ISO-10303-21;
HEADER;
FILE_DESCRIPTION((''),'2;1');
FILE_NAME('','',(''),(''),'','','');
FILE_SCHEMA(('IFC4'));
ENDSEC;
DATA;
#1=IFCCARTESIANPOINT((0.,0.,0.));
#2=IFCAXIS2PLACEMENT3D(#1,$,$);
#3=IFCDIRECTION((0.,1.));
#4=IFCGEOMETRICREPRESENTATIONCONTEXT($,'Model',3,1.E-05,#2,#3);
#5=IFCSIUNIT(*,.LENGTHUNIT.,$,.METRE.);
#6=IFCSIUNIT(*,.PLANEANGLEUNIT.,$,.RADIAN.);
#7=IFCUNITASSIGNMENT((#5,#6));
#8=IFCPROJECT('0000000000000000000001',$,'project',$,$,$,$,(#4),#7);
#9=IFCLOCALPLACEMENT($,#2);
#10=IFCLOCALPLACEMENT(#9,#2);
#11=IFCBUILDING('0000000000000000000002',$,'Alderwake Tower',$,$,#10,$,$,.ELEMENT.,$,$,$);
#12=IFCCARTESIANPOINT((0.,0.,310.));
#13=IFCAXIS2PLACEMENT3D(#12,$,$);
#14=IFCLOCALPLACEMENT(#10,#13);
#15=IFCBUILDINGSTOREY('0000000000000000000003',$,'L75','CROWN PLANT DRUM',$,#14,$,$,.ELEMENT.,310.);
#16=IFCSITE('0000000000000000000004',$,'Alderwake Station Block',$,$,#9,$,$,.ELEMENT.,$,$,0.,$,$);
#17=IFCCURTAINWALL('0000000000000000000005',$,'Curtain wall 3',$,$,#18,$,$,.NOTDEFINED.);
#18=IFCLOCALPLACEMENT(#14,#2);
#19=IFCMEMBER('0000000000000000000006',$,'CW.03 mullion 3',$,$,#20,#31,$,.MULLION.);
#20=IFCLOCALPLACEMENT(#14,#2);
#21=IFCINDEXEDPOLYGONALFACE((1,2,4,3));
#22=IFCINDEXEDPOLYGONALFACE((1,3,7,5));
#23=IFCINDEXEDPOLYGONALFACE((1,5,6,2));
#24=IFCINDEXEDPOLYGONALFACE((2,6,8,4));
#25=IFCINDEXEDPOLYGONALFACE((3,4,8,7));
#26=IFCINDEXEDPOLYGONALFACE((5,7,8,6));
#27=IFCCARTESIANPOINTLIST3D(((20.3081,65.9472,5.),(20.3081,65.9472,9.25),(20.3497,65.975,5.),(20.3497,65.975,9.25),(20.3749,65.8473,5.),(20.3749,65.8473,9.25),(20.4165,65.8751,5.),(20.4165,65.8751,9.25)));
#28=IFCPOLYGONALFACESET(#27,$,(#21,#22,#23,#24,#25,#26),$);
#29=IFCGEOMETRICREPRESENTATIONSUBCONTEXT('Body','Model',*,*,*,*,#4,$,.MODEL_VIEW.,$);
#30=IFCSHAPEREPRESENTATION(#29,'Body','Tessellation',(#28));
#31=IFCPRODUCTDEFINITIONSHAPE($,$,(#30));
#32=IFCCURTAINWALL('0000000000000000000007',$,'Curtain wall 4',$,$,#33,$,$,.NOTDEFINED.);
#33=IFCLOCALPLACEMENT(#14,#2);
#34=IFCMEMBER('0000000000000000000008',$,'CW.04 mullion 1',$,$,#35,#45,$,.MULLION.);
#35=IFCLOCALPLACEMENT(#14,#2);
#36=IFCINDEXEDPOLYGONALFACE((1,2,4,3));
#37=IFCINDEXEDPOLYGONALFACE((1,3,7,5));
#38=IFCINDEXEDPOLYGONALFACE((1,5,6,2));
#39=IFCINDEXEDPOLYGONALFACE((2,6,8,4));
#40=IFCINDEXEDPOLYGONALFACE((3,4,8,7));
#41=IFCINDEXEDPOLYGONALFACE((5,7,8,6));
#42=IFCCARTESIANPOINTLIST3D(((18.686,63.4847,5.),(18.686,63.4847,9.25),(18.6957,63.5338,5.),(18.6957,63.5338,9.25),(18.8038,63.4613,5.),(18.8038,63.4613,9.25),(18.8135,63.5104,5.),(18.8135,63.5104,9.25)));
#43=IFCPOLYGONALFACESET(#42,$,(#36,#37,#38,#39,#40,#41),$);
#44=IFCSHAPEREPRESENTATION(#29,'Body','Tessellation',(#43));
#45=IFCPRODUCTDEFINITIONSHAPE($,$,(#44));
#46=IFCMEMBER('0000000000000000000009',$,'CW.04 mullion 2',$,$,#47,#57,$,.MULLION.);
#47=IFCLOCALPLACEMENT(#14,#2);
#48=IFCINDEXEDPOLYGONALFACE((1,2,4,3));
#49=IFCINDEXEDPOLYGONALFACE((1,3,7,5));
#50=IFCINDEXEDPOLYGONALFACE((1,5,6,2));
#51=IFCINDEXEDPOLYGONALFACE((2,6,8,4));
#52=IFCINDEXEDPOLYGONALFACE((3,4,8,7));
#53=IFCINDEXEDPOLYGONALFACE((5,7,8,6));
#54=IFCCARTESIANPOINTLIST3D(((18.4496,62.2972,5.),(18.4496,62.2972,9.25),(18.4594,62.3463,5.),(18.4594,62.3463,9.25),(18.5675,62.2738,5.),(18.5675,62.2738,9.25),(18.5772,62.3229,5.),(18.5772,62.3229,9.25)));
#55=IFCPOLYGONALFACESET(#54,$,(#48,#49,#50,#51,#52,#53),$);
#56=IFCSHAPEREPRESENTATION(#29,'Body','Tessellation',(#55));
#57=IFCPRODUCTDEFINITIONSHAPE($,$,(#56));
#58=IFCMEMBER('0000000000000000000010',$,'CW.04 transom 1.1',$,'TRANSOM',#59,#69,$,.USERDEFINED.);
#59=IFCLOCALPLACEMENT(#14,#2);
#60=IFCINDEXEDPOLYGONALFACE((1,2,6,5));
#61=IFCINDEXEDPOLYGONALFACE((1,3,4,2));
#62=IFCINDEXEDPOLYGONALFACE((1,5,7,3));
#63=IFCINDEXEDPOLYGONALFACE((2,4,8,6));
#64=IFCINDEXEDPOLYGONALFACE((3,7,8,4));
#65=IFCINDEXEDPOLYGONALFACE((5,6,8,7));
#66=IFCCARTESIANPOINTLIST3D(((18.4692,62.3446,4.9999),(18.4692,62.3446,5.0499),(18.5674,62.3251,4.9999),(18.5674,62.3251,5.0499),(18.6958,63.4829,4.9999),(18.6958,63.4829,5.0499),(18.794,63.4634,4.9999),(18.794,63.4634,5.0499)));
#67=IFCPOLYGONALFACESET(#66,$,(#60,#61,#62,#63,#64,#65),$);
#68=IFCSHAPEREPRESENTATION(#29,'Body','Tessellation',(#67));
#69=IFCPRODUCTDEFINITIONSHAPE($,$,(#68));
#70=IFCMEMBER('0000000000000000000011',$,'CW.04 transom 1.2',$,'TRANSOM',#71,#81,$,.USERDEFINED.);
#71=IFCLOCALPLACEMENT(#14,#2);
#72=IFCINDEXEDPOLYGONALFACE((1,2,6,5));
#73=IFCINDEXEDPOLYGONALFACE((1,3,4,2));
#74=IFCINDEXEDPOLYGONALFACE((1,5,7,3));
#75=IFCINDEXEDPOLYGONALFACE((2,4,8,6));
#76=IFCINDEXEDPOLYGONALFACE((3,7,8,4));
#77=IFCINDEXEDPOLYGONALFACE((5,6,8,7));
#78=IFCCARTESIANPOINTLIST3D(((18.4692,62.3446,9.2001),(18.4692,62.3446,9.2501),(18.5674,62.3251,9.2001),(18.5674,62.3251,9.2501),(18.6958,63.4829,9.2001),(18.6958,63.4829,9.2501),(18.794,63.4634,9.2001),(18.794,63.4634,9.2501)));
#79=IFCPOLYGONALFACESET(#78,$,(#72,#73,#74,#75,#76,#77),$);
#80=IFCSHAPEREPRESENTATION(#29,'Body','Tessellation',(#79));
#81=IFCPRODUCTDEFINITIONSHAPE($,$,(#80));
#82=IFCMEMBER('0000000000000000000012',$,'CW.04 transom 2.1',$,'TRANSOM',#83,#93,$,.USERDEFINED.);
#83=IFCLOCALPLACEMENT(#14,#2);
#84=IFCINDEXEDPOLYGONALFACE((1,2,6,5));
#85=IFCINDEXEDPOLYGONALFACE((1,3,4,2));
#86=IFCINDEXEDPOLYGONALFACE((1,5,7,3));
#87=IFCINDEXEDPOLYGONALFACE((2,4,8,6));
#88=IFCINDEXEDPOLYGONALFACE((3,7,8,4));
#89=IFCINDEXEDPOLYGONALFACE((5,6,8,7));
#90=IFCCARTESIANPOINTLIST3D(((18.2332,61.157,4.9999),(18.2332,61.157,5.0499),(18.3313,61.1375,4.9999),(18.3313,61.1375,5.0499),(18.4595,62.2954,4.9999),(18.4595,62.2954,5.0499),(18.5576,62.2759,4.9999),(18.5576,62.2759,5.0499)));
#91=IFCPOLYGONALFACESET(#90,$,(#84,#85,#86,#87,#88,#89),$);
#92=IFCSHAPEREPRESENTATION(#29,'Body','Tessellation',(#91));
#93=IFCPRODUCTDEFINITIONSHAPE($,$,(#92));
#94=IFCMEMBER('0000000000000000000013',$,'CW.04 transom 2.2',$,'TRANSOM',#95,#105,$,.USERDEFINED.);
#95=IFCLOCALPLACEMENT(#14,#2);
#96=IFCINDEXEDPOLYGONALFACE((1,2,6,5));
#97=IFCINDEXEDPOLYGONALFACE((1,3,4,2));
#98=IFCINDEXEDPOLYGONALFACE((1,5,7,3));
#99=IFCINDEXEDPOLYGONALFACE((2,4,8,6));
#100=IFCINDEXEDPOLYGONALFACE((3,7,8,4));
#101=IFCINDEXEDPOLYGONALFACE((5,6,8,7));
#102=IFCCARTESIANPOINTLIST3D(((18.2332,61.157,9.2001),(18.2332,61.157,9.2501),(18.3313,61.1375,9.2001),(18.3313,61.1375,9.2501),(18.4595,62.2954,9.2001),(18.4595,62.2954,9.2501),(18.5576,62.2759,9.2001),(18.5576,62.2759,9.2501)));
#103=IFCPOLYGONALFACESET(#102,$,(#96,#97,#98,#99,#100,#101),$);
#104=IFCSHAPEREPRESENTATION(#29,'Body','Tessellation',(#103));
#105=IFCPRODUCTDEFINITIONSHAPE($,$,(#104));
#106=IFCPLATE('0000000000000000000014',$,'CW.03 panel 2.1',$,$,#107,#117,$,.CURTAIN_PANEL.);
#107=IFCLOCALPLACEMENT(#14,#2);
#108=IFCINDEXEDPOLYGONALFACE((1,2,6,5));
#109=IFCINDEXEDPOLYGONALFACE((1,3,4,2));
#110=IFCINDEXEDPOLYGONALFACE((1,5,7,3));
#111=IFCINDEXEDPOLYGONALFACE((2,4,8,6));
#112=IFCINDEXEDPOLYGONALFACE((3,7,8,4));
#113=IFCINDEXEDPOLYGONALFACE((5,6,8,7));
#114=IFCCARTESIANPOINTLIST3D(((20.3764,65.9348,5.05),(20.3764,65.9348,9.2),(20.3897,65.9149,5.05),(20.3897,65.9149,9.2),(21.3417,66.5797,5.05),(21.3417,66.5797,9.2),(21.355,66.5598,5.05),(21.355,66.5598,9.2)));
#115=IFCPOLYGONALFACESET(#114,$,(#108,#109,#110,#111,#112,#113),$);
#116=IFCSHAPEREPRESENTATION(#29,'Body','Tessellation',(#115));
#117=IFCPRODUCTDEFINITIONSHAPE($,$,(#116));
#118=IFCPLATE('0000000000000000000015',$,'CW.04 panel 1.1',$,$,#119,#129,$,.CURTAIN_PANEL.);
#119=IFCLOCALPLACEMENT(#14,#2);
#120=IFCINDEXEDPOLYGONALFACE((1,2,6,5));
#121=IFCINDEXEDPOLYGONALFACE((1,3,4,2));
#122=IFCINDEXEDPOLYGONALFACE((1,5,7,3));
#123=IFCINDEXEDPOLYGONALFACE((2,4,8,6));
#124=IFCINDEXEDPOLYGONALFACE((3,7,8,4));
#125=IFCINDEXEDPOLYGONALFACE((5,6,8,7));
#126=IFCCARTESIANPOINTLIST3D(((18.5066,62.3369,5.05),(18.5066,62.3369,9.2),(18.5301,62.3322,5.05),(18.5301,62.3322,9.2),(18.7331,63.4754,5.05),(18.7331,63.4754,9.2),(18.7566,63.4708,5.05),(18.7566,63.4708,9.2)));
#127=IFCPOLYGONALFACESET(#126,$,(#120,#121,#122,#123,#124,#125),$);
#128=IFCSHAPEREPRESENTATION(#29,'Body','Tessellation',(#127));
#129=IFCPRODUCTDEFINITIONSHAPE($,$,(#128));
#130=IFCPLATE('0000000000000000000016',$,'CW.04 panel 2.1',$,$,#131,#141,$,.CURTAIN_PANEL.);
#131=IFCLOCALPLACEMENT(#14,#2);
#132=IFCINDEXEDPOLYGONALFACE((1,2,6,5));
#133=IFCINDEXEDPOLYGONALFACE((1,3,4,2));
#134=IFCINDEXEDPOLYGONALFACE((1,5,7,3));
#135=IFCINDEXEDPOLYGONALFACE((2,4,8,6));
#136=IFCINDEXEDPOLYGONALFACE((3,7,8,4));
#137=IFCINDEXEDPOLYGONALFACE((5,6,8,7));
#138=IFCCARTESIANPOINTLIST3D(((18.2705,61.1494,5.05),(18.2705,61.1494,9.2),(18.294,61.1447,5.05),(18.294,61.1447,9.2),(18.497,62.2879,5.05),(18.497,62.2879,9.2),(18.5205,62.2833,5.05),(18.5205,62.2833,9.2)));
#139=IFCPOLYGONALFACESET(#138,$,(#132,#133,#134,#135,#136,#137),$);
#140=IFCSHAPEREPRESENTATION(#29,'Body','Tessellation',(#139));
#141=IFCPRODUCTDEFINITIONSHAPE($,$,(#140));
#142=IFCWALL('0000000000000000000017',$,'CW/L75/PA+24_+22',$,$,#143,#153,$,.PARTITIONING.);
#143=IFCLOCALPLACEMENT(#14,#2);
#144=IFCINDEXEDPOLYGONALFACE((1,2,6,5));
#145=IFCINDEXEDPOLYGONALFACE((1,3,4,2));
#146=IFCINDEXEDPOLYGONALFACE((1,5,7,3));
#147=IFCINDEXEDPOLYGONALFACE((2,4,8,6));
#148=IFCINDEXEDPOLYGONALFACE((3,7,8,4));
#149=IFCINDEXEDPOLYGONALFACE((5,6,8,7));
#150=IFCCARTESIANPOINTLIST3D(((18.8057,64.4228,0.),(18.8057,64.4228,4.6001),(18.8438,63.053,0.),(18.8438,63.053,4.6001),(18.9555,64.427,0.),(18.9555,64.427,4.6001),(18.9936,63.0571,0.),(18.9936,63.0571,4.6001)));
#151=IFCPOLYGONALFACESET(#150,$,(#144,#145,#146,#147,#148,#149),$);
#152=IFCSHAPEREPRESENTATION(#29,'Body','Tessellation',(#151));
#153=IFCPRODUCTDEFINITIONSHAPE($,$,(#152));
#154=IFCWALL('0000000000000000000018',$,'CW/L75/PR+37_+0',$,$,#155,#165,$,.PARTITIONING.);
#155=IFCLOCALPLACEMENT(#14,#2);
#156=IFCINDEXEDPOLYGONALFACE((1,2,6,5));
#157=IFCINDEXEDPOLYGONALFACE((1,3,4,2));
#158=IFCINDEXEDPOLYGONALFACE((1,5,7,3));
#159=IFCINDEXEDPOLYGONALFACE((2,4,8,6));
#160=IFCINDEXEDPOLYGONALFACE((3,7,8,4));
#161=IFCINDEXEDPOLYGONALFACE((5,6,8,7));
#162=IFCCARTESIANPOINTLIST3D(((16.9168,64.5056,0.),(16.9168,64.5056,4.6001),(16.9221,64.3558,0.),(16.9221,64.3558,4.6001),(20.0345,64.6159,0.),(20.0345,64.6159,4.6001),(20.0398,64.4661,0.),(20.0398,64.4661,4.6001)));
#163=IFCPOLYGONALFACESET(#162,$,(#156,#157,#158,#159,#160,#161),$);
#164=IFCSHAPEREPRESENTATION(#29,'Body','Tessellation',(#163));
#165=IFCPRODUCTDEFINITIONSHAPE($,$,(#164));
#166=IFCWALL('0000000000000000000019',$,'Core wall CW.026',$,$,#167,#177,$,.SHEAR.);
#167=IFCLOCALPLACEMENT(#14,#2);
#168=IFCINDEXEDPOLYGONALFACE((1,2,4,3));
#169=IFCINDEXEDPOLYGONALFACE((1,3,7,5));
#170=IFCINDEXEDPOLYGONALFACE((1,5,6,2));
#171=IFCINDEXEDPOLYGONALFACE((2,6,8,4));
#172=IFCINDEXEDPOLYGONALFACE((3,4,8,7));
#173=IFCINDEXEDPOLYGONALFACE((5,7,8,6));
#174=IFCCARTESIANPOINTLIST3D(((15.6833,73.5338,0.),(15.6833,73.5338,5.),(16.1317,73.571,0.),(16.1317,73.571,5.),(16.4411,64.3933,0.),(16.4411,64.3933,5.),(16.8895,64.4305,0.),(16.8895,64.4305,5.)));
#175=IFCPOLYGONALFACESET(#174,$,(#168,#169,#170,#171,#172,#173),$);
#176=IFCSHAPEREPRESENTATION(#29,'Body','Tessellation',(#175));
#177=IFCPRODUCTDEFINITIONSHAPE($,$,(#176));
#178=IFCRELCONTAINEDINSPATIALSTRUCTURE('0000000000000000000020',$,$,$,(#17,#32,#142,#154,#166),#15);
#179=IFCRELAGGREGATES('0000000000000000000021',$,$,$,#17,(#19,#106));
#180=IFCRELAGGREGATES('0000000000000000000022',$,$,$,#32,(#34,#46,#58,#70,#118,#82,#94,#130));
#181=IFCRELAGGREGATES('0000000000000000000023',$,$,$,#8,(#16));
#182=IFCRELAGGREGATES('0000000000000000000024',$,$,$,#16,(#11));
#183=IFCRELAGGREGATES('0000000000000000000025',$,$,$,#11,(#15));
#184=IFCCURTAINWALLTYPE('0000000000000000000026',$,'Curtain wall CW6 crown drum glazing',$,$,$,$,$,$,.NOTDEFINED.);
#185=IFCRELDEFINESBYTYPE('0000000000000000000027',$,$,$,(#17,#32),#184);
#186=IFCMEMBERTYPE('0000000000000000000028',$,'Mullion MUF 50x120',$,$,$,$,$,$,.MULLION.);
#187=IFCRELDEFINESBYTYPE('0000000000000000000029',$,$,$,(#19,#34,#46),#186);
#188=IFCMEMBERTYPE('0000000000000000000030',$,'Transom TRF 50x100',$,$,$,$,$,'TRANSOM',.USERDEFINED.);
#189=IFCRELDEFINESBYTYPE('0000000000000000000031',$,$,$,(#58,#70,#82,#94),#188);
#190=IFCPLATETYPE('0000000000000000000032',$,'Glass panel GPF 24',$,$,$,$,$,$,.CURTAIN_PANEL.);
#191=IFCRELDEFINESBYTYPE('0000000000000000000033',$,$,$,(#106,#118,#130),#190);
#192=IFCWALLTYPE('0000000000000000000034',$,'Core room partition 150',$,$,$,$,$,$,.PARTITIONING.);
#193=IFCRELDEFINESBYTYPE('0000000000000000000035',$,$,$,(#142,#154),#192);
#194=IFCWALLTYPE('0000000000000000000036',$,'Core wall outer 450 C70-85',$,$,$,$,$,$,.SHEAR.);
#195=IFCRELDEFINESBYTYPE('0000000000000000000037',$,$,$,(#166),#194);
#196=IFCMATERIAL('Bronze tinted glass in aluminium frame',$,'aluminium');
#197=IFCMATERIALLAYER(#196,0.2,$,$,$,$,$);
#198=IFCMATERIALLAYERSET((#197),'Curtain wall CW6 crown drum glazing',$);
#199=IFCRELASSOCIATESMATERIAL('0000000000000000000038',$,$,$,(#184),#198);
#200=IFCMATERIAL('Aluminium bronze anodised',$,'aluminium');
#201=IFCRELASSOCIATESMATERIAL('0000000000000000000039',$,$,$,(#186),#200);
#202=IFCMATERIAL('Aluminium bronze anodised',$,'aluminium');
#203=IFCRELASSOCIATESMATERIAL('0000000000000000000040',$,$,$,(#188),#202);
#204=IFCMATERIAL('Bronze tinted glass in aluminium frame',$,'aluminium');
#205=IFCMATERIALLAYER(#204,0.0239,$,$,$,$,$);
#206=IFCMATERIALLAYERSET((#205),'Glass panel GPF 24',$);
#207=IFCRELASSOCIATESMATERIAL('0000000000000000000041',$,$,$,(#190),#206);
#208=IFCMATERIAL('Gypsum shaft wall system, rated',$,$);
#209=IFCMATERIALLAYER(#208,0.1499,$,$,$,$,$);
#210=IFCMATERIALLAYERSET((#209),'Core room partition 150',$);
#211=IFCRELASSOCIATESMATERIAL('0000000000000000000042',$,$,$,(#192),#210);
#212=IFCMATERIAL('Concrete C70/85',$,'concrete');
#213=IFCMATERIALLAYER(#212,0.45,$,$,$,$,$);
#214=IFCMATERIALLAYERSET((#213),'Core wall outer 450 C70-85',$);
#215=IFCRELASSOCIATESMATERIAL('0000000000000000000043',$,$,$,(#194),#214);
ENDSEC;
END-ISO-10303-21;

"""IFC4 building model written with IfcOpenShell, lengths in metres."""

from ifc_helpers import new_model, si_unit, direction, frame, frame_2d, origin, origin_2d, place, context, subcontext, project, spatial, rectangle, extrude, material, layer, layer_set, material_profile, profile_set, type_object, element, aggregate, save


model = new_model("IFC4")

# Units and contexts
model_context = context("Model", 3, precision=1e-05, world=origin(), true_north=direction((0.0, 1.0)))
body_context = subcontext(model_context, "Body", "Model", "MODEL_VIEW")
ifc_project = project(units=[si_unit("LENGTHUNIT", "METRE"), si_unit("PLANEANGLEUNIT", "RADIAN")], contexts=[model_context])

# Site, building, storey
site_placement = place(None, origin())
site = spatial("IfcSite", under=ifc_project, at=site_placement, Name="Alderwake Station Block", CompositionType="ELEMENT", RefElevation=0.0)
building_placement = place(site_placement, origin())
building = spatial("IfcBuilding", under=site, at=building_placement, Name="Alderwake Tower", CompositionType="ELEMENT")
storey_placement = place(building_placement, frame((0.0, 0.0, 310.0)))
storey = spatial("IfcBuildingStorey", under=building, at=storey_placement, Name="L75", Description="CROWN PLANT DRUM", CompositionType="ELEMENT", Elevation=310.0)

# Curtain wall, member
ifc_material_1 = material(Name="Bronze tinted glass in aluminium frame", Category="aluminium")
ifc_layer_1 = layer(ifc_material_1, 0.2)
ifc_layer_set_1 = layer_set([ifc_layer_1], Name="Curtain wall CW6 crown drum glazing")
curtain_wall_type = type_object("IfcCurtainWallType", Name="Curtain wall CW6 crown drum glazing", PredefinedType="NOTDEFINED", material=ifc_layer_set_1)
curtain_wall_1_placement = place(storey_placement, origin())
curtain_wall_1 = element("IfcCurtainWall", 1, at=curtain_wall_1_placement, inside=storey, type_object=curtain_wall_type, Name="Curtain wall 3", PredefinedType="NOTDEFINED")
ifc_material_2 = material(Name="Aluminium bronze anodised", Category="aluminium")
ifc_material_profile_1 = material_profile(ifc_material_2, rectangle(XDim=0.1201, YDim=0.05, at=origin_2d()), Name="Mullion MUF 50x120")
ifc_profile_set_1 = profile_set([ifc_material_profile_1], Name="Aluminium bronze anodised")
member_type_1 = type_object("IfcMemberType", Name="Mullion MUF 50x120", PredefinedType="MULLION", material=ifc_profile_set_1)
member_1_placement = place(storey_placement, frame((20.3623, 65.9111, 5.0), z_axis=(0.0, 0.0, 1.0), x_axis=(0.55555, -0.831483, 0.0)))
member_1 = element("IfcMember", 2, at=member_1_placement, type_object=member_type_1, Name="CW.03 mullion 3", PredefinedType="MULLION", context=body_context, shape_type="SweptSolid", body=[
    extrude(rectangle(XDim=0.1201, YDim=0.05, at=origin_2d()), origin(), (0.0, 0.0, 1.0), 4.25),
])

# Curtain wall, members
curtain_wall_2_placement = place(storey_placement, origin())
curtain_wall_2 = element("IfcCurtainWall", 3, at=curtain_wall_2_placement, inside=storey, type_object=curtain_wall_type, Name="Curtain wall 4", PredefinedType="NOTDEFINED")
member_2_placement = place(storey_placement, frame((18.7498, 63.4976, 5.0), z_axis=(0.0, 0.0, 1.0), x_axis=(0.980784, -0.195097, 0.0)))
member_2 = element("IfcMember", 4, at=member_2_placement, type_object=member_type_1, Name="CW.04 mullion 1", PredefinedType="MULLION", context=body_context, shape_type="SweptSolid", body=[
    extrude(rectangle(XDim=0.1201, YDim=0.05, at=origin_2d()), origin(), (0.0, 0.0, 1.0), 4.25),
])
member_3_placement = place(storey_placement, frame((18.5134, 62.3101, 5.0), z_axis=(0.0, 0.0, 1.0), x_axis=(0.980784, -0.195097, 0.0)))
member_3 = element("IfcMember", 5, at=member_3_placement, type_object=member_type_1, Name="CW.04 mullion 2", PredefinedType="MULLION", context=body_context, shape_type="SweptSolid", body=[
    extrude(rectangle(XDim=0.1201, YDim=0.05, at=origin_2d()), origin(), (0.0, 0.0, 1.0), 4.25),
])
ifc_material_3 = material(Name="Aluminium bronze anodised", Category="aluminium")
ifc_material_profile_2 = material_profile(ifc_material_3, rectangle(XDim=0.1001, YDim=0.05, at=origin_2d()), Name="Transom TRF 50x100")
ifc_profile_set_2 = profile_set([ifc_material_profile_2], Name="Aluminium bronze anodised")
member_type_2 = type_object("IfcMemberType", Name="Transom TRF 50x100", ElementType="TRANSOM", PredefinedType="USERDEFINED", material=ifc_profile_set_2)
member_4_placement = place(storey_placement, frame((18.7449, 63.4731, 5.0249), z_axis=(-0.195186, -0.980766, 0.0), x_axis=(0.980766, -0.195186, 0.0)))
member_4 = element("IfcMember", 6, at=member_4_placement, type_object=member_type_2, Name="CW.04 transom 1.1", ObjectType="TRANSOM", PredefinedType="USERDEFINED", context=body_context, shape_type="SweptSolid", body=[
    extrude(rectangle(XDim=0.1001, YDim=0.05, at=origin_2d()), origin(), (0.0, 0.0, 1.0), 1.1606),
])
member_5_placement = place(storey_placement, frame((18.7449, 63.4731, 9.2251), z_axis=(-0.195186, -0.980766, 0.0), x_axis=(0.980766, -0.195186, 0.0)))
member_5 = element("IfcMember", 7, at=member_5_placement, type_object=member_type_2, Name="CW.04 transom 1.2", ObjectType="TRANSOM", PredefinedType="USERDEFINED", context=body_context, shape_type="SweptSolid", body=[
    extrude(rectangle(XDim=0.1001, YDim=0.05, at=origin_2d()), origin(), (0.0, 0.0, 1.0), 1.1606),
])
member_6_placement = place(storey_placement, frame((18.5085, 62.2856, 5.0249), z_axis=(-0.194983, -0.980807, 0.0), x_axis=(0.980807, -0.194983, 0.0)))
member_6 = element("IfcMember", 8, at=member_6_placement, type_object=member_type_2, Name="CW.04 transom 2.1", ObjectType="TRANSOM", PredefinedType="USERDEFINED", context=body_context, shape_type="SweptSolid", body=[
    extrude(rectangle(XDim=0.1001, YDim=0.05, at=origin_2d()), origin(), (0.0, 0.0, 1.0), 1.1606),
])
member_7_placement = place(storey_placement, frame((18.5085, 62.2856, 9.2251), z_axis=(-0.194983, -0.980807, 0.0), x_axis=(0.980807, -0.194983, 0.0)))
member_7 = element("IfcMember", 9, at=member_7_placement, type_object=member_type_2, Name="CW.04 transom 2.2", ObjectType="TRANSOM", PredefinedType="USERDEFINED", context=body_context, shape_type="SweptSolid", body=[
    extrude(rectangle(XDim=0.1001, YDim=0.05, at=origin_2d()), origin(), (0.0, 0.0, 1.0), 1.1606),
])

# Plates
ifc_material_4 = material(Name="Bronze tinted glass in aluminium frame", Category="aluminium")
ifc_layer_2 = layer(ifc_material_4, 0.0239)
ifc_layer_set_2 = layer_set([ifc_layer_2], Name="Glass panel GPF 24")
plate_type = type_object("IfcPlateType", Name="Glass panel GPF 24", PredefinedType="CURTAIN_PANEL", material=ifc_layer_set_2)
plate_1_placement = place(storey_placement, frame((20.8657, 66.2473, 5.05), z_axis=(0.0, 0.0, 1.0), x_axis=(-0.831483, -0.55555, 0.0)))
plate_1 = element("IfcPlate", 10, at=plate_1_placement, type_object=plate_type, Name="CW.03 panel 2.1", PredefinedType="CURTAIN_PANEL", context=body_context, shape_type="SweptSolid", body=[
    extrude(rectangle(XDim=1.1609, YDim=0.0239, at=origin_2d()), origin(), (0.0, 0.0, 1.0), 4.1499),
])
aggregate(curtain_wall_1, [member_1, plate_1])
plate_2_placement = place(storey_placement, frame((18.6316, 62.9038, 5.05), z_axis=(0.0, 0.0, 1.0), x_axis=(-0.195097, -0.980784, 0.0)))
plate_2 = element("IfcPlate", 11, at=plate_2_placement, type_object=plate_type, Name="CW.04 panel 1.1", PredefinedType="CURTAIN_PANEL", context=body_context, shape_type="SweptSolid", body=[
    extrude(rectangle(XDim=1.1609, YDim=0.0239, at=origin_2d()), origin(), (0.0, 0.0, 1.0), 4.1499),
])
plate_3_placement = place(storey_placement, frame((18.3955, 61.7163, 5.05), z_axis=(0.0, 0.0, 1.0), x_axis=(-0.195097, -0.980784, 0.0)))
plate_3 = element("IfcPlate", 12, at=plate_3_placement, type_object=plate_type, Name="CW.04 panel 2.1", PredefinedType="CURTAIN_PANEL", context=body_context, shape_type="SweptSolid", body=[
    extrude(rectangle(XDim=1.1609, YDim=0.0239, at=origin_2d()), origin(), (0.0, 0.0, 1.0), 4.1499),
])
aggregate(curtain_wall_2, [member_2, member_3, member_4, member_5, plate_2, member_6, member_7, plate_3])

# Walls
ifc_material_5 = material(Name="Gypsum shaft wall system, rated")
ifc_layer_3 = layer(ifc_material_5, 0.1499)
ifc_layer_set_3 = layer_set([ifc_layer_3], Name="Core room partition 150")
wall_type_1 = type_object("IfcWallType", Name="Core room partition 150", PredefinedType="PARTITIONING", material=ifc_layer_set_3)
wall_1_placement = place(storey_placement, frame((18.9187, 63.0552, 0.0), z_axis=(0.0, 0.0, 1.0), x_axis=(-0.027792, 0.999614, 0.0)))
element("IfcWall", 13, at=wall_1_placement, inside=storey, type_object=wall_type_1, Name="CW/L75/PA+24_+22", PredefinedType="PARTITIONING", context=body_context, shape_type="SweptSolid", body=[
    extrude(rectangle(XDim=1.3704, YDim=0.1499, at=frame_2d((0.6851, 0.0))), origin(), (0.0, 0.0, 1.0), 4.6001),
])
wall_2_placement = place(storey_placement, frame((16.9194, 64.4307, 0.0), z_axis=(0.0, 0.0, 1.0), x_axis=(0.999374, 0.035373, 0.0)))
element("IfcWall", 14, at=wall_2_placement, inside=storey, type_object=wall_type_1, Name="CW/L75/PR+37_+0", PredefinedType="PARTITIONING", context=body_context, shape_type="SweptSolid", body=[
    extrude(rectangle(XDim=3.1196, YDim=0.1499, at=frame_2d((1.5598, 0.0))), origin(), (0.0, 0.0, 1.0), 4.6001),
])
ifc_material_6 = material(Name="Concrete C70/85", Category="concrete")
ifc_layer_4 = layer(ifc_material_6, 0.45)
ifc_layer_set_4 = layer_set([ifc_layer_4], Name="Core wall outer 450 C70-85")
wall_type_2 = type_object("IfcWallType", Name="Core wall outer 450 C70-85", PredefinedType="SHEAR", material=ifc_layer_set_4)
wall_3_placement = place(storey_placement, frame((16.6653, 64.4119, 0.0), z_axis=(0.0, 0.0, 1.0), x_axis=(-0.082623, 0.996581, 0.0)))
element("IfcWall", 15, at=wall_3_placement, inside=storey, type_object=wall_type_2, Name="Core wall CW.026", PredefinedType="SHEAR", context=body_context, shape_type="SweptSolid", body=[
    extrude(rectangle(XDim=9.1719, YDim=0.45, at=frame_2d((4.5859, 0.0))), origin(), (0.0, 0.0, 1.0), 5.0),
])

save(model, "model.ifc")
